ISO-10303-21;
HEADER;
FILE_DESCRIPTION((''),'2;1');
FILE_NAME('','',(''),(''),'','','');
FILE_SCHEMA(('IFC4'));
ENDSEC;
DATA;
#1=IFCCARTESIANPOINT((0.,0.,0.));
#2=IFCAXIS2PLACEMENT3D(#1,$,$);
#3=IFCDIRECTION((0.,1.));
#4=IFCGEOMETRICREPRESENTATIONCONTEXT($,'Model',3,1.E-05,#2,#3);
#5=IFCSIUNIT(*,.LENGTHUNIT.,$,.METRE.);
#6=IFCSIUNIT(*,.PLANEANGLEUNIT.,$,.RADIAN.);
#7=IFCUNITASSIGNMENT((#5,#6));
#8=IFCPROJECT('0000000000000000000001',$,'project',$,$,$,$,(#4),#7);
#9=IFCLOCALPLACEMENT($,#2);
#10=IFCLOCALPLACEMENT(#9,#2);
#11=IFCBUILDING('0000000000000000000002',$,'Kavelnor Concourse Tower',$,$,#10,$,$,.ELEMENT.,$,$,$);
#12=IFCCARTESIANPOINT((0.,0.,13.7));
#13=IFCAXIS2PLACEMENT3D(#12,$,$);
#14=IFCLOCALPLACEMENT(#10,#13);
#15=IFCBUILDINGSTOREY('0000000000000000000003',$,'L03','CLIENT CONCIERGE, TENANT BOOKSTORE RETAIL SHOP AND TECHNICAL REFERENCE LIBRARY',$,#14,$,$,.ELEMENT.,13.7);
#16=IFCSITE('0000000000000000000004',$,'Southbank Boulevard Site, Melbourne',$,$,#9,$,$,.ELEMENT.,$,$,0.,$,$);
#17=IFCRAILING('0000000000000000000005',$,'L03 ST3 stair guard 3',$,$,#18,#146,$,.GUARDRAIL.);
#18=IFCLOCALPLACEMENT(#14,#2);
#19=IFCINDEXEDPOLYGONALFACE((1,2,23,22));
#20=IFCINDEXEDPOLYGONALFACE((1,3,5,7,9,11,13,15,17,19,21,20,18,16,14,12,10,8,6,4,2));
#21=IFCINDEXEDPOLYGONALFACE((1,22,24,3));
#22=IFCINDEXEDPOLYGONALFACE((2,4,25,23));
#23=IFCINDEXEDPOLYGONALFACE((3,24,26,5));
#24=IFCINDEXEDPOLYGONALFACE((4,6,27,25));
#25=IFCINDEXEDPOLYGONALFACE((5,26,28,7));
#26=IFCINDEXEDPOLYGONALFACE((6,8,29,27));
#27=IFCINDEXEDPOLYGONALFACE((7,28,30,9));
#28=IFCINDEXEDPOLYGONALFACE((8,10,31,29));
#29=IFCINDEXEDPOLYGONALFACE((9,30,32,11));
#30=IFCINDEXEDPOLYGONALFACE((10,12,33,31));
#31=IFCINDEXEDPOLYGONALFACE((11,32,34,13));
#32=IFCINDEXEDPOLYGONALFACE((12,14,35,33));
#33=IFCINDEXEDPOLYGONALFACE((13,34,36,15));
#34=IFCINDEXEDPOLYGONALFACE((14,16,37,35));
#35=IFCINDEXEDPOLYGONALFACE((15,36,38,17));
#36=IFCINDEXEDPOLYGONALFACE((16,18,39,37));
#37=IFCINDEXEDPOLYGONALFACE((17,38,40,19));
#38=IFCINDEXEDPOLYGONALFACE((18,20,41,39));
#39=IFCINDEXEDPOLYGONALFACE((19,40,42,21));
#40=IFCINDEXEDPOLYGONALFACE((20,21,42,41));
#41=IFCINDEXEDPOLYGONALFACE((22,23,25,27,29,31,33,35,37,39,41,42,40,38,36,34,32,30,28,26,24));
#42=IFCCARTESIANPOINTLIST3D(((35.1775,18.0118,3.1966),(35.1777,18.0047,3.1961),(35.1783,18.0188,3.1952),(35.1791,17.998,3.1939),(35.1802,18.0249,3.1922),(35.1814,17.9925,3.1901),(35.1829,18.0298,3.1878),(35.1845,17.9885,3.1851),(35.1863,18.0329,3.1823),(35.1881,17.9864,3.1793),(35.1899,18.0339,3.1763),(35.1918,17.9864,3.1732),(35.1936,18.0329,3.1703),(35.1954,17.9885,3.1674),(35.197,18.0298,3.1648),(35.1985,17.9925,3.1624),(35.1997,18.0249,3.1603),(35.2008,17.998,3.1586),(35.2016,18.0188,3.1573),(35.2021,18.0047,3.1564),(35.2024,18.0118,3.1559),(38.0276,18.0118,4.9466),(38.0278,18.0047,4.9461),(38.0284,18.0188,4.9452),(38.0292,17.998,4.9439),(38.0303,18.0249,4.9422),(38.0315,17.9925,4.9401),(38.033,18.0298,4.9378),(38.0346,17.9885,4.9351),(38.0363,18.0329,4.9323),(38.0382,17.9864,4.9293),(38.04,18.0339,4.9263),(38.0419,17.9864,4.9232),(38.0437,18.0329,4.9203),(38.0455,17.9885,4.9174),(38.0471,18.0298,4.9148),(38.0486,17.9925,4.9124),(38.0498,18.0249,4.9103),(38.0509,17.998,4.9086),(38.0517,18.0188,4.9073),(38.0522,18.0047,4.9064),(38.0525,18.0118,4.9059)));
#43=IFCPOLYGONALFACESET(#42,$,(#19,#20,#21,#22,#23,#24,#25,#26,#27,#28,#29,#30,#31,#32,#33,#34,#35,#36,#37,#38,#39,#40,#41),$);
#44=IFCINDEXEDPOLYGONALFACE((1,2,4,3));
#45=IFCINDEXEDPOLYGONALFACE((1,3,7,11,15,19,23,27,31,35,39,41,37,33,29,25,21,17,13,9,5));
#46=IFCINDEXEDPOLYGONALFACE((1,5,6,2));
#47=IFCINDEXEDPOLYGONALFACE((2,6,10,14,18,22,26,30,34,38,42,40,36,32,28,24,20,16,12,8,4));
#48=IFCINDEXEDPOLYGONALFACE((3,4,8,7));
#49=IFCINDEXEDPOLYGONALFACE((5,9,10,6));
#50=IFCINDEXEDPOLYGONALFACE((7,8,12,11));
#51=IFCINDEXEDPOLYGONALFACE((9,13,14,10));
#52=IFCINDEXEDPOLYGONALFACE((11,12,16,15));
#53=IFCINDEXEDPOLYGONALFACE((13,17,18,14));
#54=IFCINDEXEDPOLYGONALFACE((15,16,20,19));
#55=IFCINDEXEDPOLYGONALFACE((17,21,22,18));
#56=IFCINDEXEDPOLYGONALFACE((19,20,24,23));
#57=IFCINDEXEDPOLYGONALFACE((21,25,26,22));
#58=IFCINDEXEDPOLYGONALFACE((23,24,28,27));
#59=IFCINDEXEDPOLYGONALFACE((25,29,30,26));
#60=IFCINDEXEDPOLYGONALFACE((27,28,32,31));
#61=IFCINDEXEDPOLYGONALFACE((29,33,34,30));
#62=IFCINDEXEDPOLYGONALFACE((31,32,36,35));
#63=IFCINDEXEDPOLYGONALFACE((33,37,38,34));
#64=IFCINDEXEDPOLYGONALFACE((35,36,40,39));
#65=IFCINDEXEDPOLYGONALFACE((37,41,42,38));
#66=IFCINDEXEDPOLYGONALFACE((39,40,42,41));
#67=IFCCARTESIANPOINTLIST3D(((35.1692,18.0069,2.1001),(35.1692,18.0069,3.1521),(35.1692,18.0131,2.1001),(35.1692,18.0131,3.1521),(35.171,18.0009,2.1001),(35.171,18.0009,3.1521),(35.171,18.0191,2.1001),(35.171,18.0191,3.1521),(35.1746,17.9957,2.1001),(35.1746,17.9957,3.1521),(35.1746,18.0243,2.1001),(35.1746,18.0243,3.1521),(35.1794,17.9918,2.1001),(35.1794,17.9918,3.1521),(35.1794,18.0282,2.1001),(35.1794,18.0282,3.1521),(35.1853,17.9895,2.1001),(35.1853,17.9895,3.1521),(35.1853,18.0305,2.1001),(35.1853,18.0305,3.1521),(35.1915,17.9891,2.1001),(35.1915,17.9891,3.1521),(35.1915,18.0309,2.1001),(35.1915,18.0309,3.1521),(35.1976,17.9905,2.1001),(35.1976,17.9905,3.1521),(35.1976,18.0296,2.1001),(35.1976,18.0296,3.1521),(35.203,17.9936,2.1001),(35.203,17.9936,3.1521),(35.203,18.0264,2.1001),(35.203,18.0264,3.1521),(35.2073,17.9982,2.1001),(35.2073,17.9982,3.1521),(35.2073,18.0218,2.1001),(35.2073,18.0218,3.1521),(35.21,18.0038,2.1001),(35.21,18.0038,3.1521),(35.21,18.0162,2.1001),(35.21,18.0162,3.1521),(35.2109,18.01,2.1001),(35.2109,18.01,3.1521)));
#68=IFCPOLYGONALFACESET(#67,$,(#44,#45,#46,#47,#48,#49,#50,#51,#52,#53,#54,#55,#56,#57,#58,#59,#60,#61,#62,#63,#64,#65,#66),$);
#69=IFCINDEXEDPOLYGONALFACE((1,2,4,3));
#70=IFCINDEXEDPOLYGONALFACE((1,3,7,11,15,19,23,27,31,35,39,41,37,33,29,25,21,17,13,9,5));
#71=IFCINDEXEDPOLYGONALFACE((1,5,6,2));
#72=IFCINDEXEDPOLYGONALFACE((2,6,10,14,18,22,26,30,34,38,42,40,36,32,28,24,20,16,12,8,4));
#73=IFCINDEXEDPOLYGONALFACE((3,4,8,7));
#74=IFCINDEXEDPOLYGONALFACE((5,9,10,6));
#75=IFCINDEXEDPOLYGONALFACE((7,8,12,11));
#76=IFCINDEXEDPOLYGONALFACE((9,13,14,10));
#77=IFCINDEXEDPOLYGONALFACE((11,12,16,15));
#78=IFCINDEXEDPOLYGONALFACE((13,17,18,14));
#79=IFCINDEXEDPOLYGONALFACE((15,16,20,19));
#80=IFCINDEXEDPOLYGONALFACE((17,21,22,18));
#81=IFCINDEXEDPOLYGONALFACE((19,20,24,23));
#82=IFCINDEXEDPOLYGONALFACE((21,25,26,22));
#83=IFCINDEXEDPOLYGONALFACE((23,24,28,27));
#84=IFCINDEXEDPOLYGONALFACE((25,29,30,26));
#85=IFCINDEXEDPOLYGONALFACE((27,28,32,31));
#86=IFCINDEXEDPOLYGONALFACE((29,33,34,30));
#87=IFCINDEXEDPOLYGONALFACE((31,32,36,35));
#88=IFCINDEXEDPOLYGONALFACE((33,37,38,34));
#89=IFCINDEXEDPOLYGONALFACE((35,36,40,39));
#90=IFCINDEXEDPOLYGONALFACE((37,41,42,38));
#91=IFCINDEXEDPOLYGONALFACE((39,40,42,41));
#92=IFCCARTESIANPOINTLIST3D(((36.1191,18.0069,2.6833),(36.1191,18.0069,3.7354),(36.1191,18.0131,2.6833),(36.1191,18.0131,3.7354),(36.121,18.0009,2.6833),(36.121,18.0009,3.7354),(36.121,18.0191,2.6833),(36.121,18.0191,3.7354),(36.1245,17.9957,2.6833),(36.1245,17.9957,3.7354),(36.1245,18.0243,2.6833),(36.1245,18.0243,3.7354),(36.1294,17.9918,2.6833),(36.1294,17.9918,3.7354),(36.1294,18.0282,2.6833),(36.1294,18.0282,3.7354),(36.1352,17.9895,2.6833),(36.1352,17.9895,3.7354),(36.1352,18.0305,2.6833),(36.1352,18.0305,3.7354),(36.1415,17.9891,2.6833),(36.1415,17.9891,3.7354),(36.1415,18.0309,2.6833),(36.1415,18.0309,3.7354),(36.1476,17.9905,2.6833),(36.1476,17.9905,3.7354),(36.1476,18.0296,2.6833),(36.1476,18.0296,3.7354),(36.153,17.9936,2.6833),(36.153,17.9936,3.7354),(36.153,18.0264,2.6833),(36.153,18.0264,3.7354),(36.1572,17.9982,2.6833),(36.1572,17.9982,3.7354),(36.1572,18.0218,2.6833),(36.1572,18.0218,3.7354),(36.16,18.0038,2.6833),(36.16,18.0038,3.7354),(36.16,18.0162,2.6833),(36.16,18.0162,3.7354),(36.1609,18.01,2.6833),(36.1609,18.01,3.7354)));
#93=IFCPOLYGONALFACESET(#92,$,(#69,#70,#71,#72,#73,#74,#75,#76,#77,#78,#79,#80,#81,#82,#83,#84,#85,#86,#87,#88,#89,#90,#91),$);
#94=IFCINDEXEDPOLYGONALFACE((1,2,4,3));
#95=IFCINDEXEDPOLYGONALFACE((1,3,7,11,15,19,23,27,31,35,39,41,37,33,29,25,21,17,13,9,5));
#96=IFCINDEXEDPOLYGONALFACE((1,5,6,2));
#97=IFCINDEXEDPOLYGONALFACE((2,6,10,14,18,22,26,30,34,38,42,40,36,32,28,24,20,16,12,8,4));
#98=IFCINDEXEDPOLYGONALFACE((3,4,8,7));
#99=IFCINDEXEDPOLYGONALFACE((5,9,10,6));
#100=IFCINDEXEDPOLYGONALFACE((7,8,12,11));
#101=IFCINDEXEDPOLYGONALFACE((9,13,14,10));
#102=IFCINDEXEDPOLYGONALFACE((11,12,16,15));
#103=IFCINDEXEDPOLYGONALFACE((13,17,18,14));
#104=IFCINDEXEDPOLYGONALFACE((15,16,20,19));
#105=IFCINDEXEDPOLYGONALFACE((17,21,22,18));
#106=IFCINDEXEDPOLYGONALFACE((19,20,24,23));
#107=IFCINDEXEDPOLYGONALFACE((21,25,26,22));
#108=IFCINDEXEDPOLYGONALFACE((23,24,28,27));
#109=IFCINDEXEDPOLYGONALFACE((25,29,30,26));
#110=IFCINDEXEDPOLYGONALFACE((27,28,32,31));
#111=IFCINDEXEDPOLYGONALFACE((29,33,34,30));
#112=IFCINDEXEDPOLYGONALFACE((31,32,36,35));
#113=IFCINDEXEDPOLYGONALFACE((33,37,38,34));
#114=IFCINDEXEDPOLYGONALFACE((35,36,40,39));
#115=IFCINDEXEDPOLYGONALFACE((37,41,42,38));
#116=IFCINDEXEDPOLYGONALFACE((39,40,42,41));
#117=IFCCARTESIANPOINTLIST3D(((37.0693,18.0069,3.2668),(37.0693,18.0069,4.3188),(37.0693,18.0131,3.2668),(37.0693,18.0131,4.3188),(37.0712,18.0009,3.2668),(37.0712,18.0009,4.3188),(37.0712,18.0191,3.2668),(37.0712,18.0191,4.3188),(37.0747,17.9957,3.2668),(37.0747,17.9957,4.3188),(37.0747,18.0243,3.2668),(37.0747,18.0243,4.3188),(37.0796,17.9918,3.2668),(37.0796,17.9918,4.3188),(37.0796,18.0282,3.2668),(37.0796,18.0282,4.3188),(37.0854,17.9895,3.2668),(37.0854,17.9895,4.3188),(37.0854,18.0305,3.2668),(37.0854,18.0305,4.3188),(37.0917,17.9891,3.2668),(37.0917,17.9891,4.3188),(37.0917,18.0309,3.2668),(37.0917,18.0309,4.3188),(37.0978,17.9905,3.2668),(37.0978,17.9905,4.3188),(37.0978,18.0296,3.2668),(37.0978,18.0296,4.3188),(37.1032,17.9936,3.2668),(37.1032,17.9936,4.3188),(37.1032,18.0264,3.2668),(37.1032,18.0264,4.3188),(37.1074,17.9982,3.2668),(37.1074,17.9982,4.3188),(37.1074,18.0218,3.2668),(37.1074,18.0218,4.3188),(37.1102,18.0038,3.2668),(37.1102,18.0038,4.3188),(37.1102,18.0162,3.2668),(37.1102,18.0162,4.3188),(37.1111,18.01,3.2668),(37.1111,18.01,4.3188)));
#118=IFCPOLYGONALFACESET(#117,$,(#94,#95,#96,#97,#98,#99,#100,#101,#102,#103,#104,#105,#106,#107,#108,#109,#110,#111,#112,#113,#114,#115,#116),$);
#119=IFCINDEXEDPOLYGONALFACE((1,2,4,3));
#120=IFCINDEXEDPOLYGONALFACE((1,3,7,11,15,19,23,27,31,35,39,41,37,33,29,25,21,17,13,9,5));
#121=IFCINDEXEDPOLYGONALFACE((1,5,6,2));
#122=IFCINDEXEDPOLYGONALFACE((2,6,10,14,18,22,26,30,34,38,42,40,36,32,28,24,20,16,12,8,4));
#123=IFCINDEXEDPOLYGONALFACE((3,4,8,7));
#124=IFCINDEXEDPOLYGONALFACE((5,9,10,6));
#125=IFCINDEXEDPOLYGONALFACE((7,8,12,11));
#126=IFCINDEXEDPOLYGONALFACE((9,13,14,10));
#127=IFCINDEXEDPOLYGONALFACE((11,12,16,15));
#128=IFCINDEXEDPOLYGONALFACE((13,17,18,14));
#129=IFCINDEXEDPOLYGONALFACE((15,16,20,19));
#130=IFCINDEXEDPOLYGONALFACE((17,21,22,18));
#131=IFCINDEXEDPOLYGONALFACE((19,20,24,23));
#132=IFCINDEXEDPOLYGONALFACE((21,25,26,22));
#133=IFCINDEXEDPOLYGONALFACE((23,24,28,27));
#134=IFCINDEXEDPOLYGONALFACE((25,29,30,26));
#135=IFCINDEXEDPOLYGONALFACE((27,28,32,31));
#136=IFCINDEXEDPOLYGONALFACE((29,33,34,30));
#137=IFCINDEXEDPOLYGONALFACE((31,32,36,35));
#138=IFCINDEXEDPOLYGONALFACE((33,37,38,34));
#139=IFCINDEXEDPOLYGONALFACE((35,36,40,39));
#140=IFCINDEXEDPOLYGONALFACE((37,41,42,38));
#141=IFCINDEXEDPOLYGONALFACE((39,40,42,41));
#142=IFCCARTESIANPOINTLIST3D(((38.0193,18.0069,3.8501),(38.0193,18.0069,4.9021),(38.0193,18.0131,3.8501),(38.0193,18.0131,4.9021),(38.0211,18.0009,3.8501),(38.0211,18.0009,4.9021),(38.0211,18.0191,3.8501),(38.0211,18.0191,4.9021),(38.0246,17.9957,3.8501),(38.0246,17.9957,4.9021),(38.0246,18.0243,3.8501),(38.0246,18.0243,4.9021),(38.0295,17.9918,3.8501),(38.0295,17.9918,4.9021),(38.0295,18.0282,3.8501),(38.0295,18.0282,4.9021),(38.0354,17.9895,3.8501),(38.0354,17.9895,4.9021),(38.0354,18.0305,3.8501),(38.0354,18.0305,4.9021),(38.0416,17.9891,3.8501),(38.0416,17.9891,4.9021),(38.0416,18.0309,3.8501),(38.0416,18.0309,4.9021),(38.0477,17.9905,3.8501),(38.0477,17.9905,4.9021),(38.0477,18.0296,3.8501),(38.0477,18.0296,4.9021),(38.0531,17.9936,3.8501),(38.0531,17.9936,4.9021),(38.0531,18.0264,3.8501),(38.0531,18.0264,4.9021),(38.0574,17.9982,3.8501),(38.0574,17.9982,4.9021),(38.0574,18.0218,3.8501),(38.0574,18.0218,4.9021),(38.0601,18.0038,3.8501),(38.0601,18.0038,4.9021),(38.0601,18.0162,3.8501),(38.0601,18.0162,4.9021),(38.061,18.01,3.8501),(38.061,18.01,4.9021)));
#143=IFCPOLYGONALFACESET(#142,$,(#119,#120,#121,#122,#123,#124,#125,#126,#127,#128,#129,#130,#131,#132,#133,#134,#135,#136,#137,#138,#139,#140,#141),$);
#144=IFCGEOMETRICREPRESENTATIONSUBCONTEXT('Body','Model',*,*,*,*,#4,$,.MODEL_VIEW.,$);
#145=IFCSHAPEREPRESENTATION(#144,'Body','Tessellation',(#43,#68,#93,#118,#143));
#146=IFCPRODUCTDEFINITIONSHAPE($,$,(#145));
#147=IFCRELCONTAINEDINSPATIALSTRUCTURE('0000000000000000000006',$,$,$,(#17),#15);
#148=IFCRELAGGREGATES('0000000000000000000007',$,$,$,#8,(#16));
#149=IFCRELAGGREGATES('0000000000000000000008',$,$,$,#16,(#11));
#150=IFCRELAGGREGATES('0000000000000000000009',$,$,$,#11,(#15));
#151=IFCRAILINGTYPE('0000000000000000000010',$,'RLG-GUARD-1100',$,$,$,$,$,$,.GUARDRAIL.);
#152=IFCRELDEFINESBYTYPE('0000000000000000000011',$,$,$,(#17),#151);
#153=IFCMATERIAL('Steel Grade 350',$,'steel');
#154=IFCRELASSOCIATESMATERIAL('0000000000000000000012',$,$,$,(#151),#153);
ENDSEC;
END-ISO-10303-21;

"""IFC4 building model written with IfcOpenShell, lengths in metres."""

from ifc_helpers import new_model, si_unit, direction, frame, origin, origin_2d, place, context, subcontext, project, spatial, circle, extrude, material, type_object, element, save


model = new_model("IFC4")

# Units and contexts
model_context = context("Model", 3, precision=1e-05, world=origin(), true_north=direction((0.0, 1.0)))
body_context = subcontext(model_context, "Body", "Model", "MODEL_VIEW")
ifc_project = project(units=[si_unit("LENGTHUNIT", "METRE"), si_unit("PLANEANGLEUNIT", "RADIAN")], contexts=[model_context])

# Site, building, storey
site_placement = place(None, origin())
site = spatial("IfcSite", under=ifc_project, at=site_placement, Name="Southbank Boulevard Site, Melbourne", CompositionType="ELEMENT", RefElevation=0.0)
building_placement = place(site_placement, origin())
building = spatial("IfcBuilding", under=site, at=building_placement, Name="Kavelnor Concourse Tower", CompositionType="ELEMENT")
storey_placement = place(building_placement, frame((0.0, 0.0, 13.7)))
storey = spatial("IfcBuildingStorey", under=building, at=storey_placement, Name="L03", Description="CLIENT CONCIERGE, TENANT BOOKSTORE RETAIL SHOP AND TECHNICAL REFERENCE LIBRARY", CompositionType="ELEMENT", Elevation=13.7)

# Shared definitions
ifc_material_1 = material(Name="Steel Grade 350", Category="steel")

# Railing
railing_type = type_object("IfcRailingType", Name="RLG-GUARD-1100", PredefinedType="GUARDRAIL", material=ifc_material_1)
railing_1_placement = place(storey_placement, frame((35.1899, 18.01, 2.1001)))
element("IfcRailing", 1, at=railing_1_placement, inside=storey, type_object=railing_type, Name="L03 ST3 stair guard 3", PredefinedType="GUARDRAIL", context=body_context, shape_type="SweptSolid", body=[
    extrude(circle(Radius=0.0239, at=origin_2d()), frame((0.0, 0.0, 1.0762), z_axis=(0.852179, 0.0, 0.52325), x_axis=(0.0, 1.0, 0.0)), (0.0, 0.0, 1.0), 3.3445),
    extrude(circle(Radius=0.021, at=origin_2d()), origin(), (0.0, 0.0, 1.0), 1.052),
    extrude(circle(Radius=0.021, at=origin_2d()), frame((0.95, 0.0, 0.5833)), (0.0, 0.0, 1.0), 1.052),
    extrude(circle(Radius=0.021, at=origin_2d()), frame((1.9001, 0.0, 1.1667)), (0.0, 0.0, 1.0), 1.052),
    extrude(circle(Radius=0.021, at=origin_2d()), frame((2.8501, 0.0, 1.75)), (0.0, 0.0, 1.0), 1.052),
])

save(model, "model.ifc")
